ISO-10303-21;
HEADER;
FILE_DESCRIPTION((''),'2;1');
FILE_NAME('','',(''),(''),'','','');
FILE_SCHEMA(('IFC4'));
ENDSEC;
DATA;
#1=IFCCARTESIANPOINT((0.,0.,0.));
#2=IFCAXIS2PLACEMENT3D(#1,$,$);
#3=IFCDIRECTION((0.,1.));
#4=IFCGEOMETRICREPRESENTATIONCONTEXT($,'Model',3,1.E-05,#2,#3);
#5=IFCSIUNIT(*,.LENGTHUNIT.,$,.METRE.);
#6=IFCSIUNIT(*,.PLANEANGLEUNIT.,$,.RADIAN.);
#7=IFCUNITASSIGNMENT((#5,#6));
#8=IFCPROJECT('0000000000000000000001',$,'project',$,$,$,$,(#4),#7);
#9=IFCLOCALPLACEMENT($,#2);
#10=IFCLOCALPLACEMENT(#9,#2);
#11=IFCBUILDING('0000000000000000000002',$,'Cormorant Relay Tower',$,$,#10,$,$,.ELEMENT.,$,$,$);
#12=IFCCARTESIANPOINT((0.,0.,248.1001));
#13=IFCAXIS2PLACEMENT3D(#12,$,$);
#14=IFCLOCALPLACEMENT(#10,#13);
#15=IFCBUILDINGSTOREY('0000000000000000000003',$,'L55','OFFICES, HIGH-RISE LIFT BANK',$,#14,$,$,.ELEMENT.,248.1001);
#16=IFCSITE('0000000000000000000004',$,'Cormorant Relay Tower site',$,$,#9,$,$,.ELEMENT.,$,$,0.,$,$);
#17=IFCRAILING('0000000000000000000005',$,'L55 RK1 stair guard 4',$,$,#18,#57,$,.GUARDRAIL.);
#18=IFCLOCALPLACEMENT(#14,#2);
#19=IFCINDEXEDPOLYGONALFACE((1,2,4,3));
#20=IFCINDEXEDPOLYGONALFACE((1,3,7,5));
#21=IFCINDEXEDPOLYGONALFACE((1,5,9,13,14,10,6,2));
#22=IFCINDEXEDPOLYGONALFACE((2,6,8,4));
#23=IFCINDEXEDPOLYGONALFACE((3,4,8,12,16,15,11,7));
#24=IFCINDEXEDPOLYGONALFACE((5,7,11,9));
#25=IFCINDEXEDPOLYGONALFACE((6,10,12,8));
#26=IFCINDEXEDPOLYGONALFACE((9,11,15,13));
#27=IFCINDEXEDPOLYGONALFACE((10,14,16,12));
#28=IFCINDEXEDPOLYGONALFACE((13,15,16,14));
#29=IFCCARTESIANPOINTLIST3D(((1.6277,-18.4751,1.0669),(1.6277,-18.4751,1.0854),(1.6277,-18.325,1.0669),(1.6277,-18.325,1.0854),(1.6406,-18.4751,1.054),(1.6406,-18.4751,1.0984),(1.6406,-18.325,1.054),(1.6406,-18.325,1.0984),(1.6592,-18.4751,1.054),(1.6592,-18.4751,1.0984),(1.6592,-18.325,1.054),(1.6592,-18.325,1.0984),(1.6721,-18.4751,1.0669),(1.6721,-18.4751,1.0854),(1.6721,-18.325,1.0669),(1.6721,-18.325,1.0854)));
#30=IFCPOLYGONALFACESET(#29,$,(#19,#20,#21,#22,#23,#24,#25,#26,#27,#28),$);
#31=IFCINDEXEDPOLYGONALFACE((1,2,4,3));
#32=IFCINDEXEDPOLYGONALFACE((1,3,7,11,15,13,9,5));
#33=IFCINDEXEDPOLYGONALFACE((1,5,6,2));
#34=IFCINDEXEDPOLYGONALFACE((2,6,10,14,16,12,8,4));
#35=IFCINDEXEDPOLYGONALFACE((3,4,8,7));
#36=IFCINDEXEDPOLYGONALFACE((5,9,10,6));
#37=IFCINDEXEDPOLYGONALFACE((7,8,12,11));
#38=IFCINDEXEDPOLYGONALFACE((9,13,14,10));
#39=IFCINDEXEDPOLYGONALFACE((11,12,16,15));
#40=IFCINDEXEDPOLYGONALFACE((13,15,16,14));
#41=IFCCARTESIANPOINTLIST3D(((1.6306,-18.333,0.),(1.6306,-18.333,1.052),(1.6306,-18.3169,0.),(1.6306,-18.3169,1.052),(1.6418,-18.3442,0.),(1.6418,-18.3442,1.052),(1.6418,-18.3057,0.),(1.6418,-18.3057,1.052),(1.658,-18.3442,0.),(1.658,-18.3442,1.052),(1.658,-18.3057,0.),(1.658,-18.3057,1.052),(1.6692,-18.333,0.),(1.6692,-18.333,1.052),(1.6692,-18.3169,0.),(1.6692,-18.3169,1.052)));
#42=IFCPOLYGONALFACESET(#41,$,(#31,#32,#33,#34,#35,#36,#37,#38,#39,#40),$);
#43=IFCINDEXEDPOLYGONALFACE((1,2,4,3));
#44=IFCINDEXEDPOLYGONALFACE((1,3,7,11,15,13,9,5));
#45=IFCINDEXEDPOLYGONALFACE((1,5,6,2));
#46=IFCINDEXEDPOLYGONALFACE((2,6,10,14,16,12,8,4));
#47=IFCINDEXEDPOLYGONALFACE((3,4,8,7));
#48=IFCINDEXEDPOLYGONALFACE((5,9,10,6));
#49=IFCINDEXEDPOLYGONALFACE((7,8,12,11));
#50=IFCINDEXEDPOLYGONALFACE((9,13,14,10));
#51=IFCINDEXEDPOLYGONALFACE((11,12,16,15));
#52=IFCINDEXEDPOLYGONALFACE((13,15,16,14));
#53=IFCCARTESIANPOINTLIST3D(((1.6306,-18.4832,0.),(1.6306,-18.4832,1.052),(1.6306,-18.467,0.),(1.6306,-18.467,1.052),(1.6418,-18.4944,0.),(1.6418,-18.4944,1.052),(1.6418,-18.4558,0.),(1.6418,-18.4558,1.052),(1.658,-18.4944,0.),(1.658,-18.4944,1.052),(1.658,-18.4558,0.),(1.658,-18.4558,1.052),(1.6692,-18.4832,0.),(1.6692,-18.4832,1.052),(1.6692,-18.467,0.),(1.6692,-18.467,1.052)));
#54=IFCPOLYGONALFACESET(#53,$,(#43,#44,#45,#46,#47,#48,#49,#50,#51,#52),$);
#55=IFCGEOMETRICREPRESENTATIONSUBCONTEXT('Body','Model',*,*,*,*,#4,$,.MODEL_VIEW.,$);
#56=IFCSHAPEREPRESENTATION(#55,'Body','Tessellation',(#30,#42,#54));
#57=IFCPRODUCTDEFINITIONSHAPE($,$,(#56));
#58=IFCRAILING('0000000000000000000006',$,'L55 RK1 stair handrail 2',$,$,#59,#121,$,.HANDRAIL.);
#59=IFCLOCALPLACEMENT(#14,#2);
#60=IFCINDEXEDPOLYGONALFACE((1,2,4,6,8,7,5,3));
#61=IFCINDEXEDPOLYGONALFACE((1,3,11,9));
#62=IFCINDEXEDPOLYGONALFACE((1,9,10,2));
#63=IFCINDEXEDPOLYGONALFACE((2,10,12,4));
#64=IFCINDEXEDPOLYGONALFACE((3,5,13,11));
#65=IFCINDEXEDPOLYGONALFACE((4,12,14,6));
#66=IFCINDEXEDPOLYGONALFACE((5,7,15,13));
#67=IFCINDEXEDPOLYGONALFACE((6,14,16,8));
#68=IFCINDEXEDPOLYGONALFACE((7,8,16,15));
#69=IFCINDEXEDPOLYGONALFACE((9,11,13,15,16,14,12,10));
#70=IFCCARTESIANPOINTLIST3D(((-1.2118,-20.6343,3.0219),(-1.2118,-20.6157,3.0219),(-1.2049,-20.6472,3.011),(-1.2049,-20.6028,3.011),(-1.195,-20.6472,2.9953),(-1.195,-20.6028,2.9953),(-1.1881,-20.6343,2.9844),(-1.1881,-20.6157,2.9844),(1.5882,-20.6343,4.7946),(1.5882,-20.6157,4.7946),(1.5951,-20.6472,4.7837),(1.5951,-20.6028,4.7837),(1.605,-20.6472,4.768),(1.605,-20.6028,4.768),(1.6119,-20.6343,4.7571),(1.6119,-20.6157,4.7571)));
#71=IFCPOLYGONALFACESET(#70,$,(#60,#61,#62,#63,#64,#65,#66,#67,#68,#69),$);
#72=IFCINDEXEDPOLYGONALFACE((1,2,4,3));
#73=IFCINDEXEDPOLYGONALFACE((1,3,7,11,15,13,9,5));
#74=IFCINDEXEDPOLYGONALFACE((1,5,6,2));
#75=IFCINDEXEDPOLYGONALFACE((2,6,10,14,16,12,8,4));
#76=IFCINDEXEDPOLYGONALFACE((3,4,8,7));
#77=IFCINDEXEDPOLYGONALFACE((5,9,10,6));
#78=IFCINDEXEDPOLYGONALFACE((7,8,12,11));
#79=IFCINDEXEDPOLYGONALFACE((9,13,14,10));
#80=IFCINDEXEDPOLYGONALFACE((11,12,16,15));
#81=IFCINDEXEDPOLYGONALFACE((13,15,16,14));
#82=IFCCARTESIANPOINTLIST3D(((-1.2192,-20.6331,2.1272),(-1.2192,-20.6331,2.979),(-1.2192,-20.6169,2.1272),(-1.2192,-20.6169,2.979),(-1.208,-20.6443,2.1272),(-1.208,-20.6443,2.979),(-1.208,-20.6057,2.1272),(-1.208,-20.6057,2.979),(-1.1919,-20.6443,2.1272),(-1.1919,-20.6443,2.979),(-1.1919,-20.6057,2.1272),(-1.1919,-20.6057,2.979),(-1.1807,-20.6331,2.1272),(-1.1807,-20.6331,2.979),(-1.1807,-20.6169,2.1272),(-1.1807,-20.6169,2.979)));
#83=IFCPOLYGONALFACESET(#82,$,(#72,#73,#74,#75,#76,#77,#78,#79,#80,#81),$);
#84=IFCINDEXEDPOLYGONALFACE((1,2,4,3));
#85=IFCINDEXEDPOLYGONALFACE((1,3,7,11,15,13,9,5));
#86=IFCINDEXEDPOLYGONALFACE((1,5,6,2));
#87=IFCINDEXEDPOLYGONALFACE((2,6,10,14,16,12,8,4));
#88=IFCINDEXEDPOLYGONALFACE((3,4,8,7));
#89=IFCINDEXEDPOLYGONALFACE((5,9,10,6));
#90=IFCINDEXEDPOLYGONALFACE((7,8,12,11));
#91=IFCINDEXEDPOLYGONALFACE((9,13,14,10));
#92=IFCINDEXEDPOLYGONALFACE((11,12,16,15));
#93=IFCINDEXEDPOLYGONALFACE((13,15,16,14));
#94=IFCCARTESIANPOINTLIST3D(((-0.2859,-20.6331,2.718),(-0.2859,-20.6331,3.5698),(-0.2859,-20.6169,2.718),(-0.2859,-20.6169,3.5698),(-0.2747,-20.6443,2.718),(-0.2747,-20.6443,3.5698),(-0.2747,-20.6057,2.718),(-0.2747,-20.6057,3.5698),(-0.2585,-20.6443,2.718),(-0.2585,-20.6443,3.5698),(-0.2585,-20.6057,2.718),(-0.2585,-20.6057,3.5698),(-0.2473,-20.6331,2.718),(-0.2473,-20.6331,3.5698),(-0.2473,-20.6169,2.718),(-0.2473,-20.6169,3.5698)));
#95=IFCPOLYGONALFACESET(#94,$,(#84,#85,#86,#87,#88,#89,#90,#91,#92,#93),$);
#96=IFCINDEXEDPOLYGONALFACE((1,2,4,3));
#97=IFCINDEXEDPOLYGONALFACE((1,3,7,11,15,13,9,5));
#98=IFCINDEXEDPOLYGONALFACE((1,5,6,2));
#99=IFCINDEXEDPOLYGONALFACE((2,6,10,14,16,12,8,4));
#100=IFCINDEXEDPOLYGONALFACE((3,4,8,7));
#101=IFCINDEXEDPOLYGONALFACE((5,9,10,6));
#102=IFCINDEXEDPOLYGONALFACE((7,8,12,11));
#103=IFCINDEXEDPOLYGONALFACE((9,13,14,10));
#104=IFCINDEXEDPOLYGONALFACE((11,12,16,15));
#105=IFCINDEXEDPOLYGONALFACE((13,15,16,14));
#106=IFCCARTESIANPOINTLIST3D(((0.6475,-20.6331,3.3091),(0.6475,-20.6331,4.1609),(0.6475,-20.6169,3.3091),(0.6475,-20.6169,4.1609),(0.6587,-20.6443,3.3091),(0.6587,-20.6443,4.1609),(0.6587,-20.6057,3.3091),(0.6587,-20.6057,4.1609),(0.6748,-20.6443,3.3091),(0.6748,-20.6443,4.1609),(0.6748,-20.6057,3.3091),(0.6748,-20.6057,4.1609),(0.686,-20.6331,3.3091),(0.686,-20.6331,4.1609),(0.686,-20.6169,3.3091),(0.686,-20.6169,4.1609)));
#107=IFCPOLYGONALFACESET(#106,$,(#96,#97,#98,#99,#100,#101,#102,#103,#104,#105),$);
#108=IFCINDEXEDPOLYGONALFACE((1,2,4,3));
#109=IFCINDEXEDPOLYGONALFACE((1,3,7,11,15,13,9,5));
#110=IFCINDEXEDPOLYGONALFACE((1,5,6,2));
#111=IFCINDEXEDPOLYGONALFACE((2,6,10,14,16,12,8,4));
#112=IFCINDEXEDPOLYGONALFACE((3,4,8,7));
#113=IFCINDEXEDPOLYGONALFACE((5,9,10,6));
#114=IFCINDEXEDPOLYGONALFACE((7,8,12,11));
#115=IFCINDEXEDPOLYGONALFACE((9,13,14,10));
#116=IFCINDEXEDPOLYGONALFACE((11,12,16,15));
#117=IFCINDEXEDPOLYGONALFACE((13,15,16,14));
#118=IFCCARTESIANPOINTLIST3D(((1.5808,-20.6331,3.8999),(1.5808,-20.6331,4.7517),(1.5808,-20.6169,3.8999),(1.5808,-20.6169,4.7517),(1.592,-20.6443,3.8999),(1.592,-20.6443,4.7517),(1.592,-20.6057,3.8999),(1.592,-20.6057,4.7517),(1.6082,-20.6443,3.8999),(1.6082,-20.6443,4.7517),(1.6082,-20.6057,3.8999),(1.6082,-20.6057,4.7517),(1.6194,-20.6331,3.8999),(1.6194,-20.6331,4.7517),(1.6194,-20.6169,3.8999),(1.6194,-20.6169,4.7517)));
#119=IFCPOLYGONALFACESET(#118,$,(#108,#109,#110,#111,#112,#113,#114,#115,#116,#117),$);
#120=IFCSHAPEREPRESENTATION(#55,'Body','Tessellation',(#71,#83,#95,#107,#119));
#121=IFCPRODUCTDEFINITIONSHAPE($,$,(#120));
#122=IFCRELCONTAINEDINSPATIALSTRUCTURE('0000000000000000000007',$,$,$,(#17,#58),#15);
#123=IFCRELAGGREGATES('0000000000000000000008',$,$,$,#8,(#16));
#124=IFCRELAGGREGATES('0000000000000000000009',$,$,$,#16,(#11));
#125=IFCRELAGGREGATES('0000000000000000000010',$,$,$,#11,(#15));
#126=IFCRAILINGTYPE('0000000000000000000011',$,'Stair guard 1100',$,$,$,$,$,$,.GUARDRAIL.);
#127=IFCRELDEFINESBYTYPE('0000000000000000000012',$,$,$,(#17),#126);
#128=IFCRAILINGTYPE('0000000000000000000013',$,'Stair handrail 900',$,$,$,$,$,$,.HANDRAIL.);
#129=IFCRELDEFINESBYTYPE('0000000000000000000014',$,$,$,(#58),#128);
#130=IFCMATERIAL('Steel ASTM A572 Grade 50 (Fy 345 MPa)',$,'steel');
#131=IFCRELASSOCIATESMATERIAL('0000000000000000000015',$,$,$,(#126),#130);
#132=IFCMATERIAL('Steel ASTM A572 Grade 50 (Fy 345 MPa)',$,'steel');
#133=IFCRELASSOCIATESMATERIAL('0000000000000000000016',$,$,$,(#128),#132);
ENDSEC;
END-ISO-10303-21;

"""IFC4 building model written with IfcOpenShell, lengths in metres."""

from ifc_helpers import new_model, si_unit, direction, frame, origin, place, context, subcontext, project, spatial, polyline, outline, extrude, material, type_object, element, save


model = new_model("IFC4")

# Units and contexts
model_context = context("Model", 3, precision=1e-05, world=origin(), true_north=direction((0.0, 1.0)))
body_context = subcontext(model_context, "Body", "Model", "MODEL_VIEW")
ifc_project = project(units=[si_unit("LENGTHUNIT", "METRE"), si_unit("PLANEANGLEUNIT", "RADIAN")], contexts=[model_context])

# Site, building, storey
site_placement = place(None, origin())
site = spatial("IfcSite", under=ifc_project, at=site_placement, Name="Cormorant Relay Tower site", CompositionType="ELEMENT", RefElevation=0.0)
building_placement = place(site_placement, origin())
building = spatial("IfcBuilding", under=site, at=building_placement, Name="Cormorant Relay Tower", CompositionType="ELEMENT")
storey_placement = place(building_placement, frame((0.0, 0.0, 248.1001)))
storey = spatial("IfcBuildingStorey", under=building, at=storey_placement, Name="L55", Description="OFFICES, HIGH-RISE LIFT BANK", CompositionType="ELEMENT", Elevation=248.1001)

# Railings
ifc_material_1 = material(Name="Steel ASTM A572 Grade 50 (Fy 345 MPa)", Category="steel")
railing_type_1 = type_object("IfcRailingType", Name="Stair guard 1100", PredefinedType="GUARDRAIL", material=ifc_material_1)
railing_1_placement = place(storey_placement, frame((1.6499, -18.325, 0.0)))
element("IfcRailing", 1, at=railing_1_placement, inside=storey, type_object=railing_type_1, Name="L55 RK1 stair guard 4", PredefinedType="GUARDRAIL", context=body_context, shape_type="SweptSolid", body=[
    extrude(outline(polyline([(0.0222, 0.0093), (0.0093, 0.0222), (-0.0093, 0.0222), (-0.0222, 0.0093), (-0.0222, -0.0093), (-0.0093, -0.0222), (0.0093, -0.0222), (0.0222, -0.0093), (0.0222, 0.0093)])), frame((0.0, 0.0, 1.0762), z_axis=(0.0, -1.0, 0.0), x_axis=(1.0, 0.0, 0.0)), (0.0, 0.0, 1.0), 0.1501),
    extrude(outline(polyline([(0.0193, 0.0081), (0.0081, 0.0193), (-0.0081, 0.0193), (-0.0193, 0.0081), (-0.0193, -0.0081), (-0.0081, -0.0193), (0.0081, -0.0193), (0.0193, -0.0081), (0.0193, 0.0081)])), origin(), (0.0, 0.0, 1.0), 1.052),
    extrude(outline(polyline([(0.0193, 0.0081), (0.0081, 0.0193), (-0.0081, 0.0193), (-0.0193, 0.0081), (-0.0193, -0.0081), (-0.0081, -0.0193), (0.0081, -0.0193), (0.0193, -0.0081), (0.0193, 0.0081)])), frame((0.0, -0.1501, 0.0)), (0.0, 0.0, 1.0), 1.052),
])
ifc_material_2 = material(Name="Steel ASTM A572 Grade 50 (Fy 345 MPa)", Category="steel")
railing_type_2 = type_object("IfcRailingType", Name="Stair handrail 900", PredefinedType="HANDRAIL", material=ifc_material_2)
railing_2_placement = place(storey_placement, frame((-1.2, -20.625, 2.1272)))
element("IfcRailing", 2, at=railing_2_placement, inside=storey, type_object=railing_type_2, Name="L55 RK1 stair handrail 2", PredefinedType="HANDRAIL", context=body_context, shape_type="SweptSolid", body=[
    extrude(outline(polyline([(0.0222, 0.0093), (0.0093, 0.0222), (-0.0093, 0.0222), (-0.0222, 0.0093), (-0.0222, -0.0093), (-0.0093, -0.0222), (0.0093, -0.0222), (0.0222, -0.0093), (0.0222, 0.0093)])), frame((0.0, 0.0, 0.876), z_axis=(0.844909, 0.0, 0.53491), x_axis=(0.0, 1.0, 0.0)), (0.0, 0.0, 1.0), 3.314),
    extrude(outline(polyline([(0.0193, 0.0081), (0.0081, 0.0193), (-0.0081, 0.0193), (-0.0193, 0.0081), (-0.0193, -0.0081), (-0.0081, -0.0193), (0.0081, -0.0193), (0.0193, -0.0081), (0.0193, 0.0081)])), origin(), (0.0, 0.0, 1.0), 0.8518),
    extrude(outline(polyline([(0.0193, 0.0081), (0.0081, 0.0193), (-0.0081, 0.0193), (-0.0193, 0.0081), (-0.0193, -0.0081), (-0.0081, -0.0193), (0.0081, -0.0193), (0.0193, -0.0081), (0.0193, 0.0081)])), frame((0.9333, 0.0, 0.5908)), (0.0, 0.0, 1.0), 0.8518),
    extrude(outline(polyline([(0.0193, 0.0081), (0.0081, 0.0193), (-0.0081, 0.0193), (-0.0193, 0.0081), (-0.0193, -0.0081), (-0.0081, -0.0193), (0.0081, -0.0193), (0.0193, -0.0081), (0.0193, 0.0081)])), frame((1.8667, 0.0, 1.1819)), (0.0, 0.0, 1.0), 0.8518),
    extrude(outline(polyline([(0.0193, 0.0081), (0.0081, 0.0193), (-0.0081, 0.0193), (-0.0193, 0.0081), (-0.0193, -0.0081), (-0.0081, -0.0193), (0.0081, -0.0193), (0.0193, -0.0081), (0.0193, 0.0081)])), frame((2.8, 0.0, 1.7727)), (0.0, 0.0, 1.0), 0.8518),
])

save(model, "model.ifc")
